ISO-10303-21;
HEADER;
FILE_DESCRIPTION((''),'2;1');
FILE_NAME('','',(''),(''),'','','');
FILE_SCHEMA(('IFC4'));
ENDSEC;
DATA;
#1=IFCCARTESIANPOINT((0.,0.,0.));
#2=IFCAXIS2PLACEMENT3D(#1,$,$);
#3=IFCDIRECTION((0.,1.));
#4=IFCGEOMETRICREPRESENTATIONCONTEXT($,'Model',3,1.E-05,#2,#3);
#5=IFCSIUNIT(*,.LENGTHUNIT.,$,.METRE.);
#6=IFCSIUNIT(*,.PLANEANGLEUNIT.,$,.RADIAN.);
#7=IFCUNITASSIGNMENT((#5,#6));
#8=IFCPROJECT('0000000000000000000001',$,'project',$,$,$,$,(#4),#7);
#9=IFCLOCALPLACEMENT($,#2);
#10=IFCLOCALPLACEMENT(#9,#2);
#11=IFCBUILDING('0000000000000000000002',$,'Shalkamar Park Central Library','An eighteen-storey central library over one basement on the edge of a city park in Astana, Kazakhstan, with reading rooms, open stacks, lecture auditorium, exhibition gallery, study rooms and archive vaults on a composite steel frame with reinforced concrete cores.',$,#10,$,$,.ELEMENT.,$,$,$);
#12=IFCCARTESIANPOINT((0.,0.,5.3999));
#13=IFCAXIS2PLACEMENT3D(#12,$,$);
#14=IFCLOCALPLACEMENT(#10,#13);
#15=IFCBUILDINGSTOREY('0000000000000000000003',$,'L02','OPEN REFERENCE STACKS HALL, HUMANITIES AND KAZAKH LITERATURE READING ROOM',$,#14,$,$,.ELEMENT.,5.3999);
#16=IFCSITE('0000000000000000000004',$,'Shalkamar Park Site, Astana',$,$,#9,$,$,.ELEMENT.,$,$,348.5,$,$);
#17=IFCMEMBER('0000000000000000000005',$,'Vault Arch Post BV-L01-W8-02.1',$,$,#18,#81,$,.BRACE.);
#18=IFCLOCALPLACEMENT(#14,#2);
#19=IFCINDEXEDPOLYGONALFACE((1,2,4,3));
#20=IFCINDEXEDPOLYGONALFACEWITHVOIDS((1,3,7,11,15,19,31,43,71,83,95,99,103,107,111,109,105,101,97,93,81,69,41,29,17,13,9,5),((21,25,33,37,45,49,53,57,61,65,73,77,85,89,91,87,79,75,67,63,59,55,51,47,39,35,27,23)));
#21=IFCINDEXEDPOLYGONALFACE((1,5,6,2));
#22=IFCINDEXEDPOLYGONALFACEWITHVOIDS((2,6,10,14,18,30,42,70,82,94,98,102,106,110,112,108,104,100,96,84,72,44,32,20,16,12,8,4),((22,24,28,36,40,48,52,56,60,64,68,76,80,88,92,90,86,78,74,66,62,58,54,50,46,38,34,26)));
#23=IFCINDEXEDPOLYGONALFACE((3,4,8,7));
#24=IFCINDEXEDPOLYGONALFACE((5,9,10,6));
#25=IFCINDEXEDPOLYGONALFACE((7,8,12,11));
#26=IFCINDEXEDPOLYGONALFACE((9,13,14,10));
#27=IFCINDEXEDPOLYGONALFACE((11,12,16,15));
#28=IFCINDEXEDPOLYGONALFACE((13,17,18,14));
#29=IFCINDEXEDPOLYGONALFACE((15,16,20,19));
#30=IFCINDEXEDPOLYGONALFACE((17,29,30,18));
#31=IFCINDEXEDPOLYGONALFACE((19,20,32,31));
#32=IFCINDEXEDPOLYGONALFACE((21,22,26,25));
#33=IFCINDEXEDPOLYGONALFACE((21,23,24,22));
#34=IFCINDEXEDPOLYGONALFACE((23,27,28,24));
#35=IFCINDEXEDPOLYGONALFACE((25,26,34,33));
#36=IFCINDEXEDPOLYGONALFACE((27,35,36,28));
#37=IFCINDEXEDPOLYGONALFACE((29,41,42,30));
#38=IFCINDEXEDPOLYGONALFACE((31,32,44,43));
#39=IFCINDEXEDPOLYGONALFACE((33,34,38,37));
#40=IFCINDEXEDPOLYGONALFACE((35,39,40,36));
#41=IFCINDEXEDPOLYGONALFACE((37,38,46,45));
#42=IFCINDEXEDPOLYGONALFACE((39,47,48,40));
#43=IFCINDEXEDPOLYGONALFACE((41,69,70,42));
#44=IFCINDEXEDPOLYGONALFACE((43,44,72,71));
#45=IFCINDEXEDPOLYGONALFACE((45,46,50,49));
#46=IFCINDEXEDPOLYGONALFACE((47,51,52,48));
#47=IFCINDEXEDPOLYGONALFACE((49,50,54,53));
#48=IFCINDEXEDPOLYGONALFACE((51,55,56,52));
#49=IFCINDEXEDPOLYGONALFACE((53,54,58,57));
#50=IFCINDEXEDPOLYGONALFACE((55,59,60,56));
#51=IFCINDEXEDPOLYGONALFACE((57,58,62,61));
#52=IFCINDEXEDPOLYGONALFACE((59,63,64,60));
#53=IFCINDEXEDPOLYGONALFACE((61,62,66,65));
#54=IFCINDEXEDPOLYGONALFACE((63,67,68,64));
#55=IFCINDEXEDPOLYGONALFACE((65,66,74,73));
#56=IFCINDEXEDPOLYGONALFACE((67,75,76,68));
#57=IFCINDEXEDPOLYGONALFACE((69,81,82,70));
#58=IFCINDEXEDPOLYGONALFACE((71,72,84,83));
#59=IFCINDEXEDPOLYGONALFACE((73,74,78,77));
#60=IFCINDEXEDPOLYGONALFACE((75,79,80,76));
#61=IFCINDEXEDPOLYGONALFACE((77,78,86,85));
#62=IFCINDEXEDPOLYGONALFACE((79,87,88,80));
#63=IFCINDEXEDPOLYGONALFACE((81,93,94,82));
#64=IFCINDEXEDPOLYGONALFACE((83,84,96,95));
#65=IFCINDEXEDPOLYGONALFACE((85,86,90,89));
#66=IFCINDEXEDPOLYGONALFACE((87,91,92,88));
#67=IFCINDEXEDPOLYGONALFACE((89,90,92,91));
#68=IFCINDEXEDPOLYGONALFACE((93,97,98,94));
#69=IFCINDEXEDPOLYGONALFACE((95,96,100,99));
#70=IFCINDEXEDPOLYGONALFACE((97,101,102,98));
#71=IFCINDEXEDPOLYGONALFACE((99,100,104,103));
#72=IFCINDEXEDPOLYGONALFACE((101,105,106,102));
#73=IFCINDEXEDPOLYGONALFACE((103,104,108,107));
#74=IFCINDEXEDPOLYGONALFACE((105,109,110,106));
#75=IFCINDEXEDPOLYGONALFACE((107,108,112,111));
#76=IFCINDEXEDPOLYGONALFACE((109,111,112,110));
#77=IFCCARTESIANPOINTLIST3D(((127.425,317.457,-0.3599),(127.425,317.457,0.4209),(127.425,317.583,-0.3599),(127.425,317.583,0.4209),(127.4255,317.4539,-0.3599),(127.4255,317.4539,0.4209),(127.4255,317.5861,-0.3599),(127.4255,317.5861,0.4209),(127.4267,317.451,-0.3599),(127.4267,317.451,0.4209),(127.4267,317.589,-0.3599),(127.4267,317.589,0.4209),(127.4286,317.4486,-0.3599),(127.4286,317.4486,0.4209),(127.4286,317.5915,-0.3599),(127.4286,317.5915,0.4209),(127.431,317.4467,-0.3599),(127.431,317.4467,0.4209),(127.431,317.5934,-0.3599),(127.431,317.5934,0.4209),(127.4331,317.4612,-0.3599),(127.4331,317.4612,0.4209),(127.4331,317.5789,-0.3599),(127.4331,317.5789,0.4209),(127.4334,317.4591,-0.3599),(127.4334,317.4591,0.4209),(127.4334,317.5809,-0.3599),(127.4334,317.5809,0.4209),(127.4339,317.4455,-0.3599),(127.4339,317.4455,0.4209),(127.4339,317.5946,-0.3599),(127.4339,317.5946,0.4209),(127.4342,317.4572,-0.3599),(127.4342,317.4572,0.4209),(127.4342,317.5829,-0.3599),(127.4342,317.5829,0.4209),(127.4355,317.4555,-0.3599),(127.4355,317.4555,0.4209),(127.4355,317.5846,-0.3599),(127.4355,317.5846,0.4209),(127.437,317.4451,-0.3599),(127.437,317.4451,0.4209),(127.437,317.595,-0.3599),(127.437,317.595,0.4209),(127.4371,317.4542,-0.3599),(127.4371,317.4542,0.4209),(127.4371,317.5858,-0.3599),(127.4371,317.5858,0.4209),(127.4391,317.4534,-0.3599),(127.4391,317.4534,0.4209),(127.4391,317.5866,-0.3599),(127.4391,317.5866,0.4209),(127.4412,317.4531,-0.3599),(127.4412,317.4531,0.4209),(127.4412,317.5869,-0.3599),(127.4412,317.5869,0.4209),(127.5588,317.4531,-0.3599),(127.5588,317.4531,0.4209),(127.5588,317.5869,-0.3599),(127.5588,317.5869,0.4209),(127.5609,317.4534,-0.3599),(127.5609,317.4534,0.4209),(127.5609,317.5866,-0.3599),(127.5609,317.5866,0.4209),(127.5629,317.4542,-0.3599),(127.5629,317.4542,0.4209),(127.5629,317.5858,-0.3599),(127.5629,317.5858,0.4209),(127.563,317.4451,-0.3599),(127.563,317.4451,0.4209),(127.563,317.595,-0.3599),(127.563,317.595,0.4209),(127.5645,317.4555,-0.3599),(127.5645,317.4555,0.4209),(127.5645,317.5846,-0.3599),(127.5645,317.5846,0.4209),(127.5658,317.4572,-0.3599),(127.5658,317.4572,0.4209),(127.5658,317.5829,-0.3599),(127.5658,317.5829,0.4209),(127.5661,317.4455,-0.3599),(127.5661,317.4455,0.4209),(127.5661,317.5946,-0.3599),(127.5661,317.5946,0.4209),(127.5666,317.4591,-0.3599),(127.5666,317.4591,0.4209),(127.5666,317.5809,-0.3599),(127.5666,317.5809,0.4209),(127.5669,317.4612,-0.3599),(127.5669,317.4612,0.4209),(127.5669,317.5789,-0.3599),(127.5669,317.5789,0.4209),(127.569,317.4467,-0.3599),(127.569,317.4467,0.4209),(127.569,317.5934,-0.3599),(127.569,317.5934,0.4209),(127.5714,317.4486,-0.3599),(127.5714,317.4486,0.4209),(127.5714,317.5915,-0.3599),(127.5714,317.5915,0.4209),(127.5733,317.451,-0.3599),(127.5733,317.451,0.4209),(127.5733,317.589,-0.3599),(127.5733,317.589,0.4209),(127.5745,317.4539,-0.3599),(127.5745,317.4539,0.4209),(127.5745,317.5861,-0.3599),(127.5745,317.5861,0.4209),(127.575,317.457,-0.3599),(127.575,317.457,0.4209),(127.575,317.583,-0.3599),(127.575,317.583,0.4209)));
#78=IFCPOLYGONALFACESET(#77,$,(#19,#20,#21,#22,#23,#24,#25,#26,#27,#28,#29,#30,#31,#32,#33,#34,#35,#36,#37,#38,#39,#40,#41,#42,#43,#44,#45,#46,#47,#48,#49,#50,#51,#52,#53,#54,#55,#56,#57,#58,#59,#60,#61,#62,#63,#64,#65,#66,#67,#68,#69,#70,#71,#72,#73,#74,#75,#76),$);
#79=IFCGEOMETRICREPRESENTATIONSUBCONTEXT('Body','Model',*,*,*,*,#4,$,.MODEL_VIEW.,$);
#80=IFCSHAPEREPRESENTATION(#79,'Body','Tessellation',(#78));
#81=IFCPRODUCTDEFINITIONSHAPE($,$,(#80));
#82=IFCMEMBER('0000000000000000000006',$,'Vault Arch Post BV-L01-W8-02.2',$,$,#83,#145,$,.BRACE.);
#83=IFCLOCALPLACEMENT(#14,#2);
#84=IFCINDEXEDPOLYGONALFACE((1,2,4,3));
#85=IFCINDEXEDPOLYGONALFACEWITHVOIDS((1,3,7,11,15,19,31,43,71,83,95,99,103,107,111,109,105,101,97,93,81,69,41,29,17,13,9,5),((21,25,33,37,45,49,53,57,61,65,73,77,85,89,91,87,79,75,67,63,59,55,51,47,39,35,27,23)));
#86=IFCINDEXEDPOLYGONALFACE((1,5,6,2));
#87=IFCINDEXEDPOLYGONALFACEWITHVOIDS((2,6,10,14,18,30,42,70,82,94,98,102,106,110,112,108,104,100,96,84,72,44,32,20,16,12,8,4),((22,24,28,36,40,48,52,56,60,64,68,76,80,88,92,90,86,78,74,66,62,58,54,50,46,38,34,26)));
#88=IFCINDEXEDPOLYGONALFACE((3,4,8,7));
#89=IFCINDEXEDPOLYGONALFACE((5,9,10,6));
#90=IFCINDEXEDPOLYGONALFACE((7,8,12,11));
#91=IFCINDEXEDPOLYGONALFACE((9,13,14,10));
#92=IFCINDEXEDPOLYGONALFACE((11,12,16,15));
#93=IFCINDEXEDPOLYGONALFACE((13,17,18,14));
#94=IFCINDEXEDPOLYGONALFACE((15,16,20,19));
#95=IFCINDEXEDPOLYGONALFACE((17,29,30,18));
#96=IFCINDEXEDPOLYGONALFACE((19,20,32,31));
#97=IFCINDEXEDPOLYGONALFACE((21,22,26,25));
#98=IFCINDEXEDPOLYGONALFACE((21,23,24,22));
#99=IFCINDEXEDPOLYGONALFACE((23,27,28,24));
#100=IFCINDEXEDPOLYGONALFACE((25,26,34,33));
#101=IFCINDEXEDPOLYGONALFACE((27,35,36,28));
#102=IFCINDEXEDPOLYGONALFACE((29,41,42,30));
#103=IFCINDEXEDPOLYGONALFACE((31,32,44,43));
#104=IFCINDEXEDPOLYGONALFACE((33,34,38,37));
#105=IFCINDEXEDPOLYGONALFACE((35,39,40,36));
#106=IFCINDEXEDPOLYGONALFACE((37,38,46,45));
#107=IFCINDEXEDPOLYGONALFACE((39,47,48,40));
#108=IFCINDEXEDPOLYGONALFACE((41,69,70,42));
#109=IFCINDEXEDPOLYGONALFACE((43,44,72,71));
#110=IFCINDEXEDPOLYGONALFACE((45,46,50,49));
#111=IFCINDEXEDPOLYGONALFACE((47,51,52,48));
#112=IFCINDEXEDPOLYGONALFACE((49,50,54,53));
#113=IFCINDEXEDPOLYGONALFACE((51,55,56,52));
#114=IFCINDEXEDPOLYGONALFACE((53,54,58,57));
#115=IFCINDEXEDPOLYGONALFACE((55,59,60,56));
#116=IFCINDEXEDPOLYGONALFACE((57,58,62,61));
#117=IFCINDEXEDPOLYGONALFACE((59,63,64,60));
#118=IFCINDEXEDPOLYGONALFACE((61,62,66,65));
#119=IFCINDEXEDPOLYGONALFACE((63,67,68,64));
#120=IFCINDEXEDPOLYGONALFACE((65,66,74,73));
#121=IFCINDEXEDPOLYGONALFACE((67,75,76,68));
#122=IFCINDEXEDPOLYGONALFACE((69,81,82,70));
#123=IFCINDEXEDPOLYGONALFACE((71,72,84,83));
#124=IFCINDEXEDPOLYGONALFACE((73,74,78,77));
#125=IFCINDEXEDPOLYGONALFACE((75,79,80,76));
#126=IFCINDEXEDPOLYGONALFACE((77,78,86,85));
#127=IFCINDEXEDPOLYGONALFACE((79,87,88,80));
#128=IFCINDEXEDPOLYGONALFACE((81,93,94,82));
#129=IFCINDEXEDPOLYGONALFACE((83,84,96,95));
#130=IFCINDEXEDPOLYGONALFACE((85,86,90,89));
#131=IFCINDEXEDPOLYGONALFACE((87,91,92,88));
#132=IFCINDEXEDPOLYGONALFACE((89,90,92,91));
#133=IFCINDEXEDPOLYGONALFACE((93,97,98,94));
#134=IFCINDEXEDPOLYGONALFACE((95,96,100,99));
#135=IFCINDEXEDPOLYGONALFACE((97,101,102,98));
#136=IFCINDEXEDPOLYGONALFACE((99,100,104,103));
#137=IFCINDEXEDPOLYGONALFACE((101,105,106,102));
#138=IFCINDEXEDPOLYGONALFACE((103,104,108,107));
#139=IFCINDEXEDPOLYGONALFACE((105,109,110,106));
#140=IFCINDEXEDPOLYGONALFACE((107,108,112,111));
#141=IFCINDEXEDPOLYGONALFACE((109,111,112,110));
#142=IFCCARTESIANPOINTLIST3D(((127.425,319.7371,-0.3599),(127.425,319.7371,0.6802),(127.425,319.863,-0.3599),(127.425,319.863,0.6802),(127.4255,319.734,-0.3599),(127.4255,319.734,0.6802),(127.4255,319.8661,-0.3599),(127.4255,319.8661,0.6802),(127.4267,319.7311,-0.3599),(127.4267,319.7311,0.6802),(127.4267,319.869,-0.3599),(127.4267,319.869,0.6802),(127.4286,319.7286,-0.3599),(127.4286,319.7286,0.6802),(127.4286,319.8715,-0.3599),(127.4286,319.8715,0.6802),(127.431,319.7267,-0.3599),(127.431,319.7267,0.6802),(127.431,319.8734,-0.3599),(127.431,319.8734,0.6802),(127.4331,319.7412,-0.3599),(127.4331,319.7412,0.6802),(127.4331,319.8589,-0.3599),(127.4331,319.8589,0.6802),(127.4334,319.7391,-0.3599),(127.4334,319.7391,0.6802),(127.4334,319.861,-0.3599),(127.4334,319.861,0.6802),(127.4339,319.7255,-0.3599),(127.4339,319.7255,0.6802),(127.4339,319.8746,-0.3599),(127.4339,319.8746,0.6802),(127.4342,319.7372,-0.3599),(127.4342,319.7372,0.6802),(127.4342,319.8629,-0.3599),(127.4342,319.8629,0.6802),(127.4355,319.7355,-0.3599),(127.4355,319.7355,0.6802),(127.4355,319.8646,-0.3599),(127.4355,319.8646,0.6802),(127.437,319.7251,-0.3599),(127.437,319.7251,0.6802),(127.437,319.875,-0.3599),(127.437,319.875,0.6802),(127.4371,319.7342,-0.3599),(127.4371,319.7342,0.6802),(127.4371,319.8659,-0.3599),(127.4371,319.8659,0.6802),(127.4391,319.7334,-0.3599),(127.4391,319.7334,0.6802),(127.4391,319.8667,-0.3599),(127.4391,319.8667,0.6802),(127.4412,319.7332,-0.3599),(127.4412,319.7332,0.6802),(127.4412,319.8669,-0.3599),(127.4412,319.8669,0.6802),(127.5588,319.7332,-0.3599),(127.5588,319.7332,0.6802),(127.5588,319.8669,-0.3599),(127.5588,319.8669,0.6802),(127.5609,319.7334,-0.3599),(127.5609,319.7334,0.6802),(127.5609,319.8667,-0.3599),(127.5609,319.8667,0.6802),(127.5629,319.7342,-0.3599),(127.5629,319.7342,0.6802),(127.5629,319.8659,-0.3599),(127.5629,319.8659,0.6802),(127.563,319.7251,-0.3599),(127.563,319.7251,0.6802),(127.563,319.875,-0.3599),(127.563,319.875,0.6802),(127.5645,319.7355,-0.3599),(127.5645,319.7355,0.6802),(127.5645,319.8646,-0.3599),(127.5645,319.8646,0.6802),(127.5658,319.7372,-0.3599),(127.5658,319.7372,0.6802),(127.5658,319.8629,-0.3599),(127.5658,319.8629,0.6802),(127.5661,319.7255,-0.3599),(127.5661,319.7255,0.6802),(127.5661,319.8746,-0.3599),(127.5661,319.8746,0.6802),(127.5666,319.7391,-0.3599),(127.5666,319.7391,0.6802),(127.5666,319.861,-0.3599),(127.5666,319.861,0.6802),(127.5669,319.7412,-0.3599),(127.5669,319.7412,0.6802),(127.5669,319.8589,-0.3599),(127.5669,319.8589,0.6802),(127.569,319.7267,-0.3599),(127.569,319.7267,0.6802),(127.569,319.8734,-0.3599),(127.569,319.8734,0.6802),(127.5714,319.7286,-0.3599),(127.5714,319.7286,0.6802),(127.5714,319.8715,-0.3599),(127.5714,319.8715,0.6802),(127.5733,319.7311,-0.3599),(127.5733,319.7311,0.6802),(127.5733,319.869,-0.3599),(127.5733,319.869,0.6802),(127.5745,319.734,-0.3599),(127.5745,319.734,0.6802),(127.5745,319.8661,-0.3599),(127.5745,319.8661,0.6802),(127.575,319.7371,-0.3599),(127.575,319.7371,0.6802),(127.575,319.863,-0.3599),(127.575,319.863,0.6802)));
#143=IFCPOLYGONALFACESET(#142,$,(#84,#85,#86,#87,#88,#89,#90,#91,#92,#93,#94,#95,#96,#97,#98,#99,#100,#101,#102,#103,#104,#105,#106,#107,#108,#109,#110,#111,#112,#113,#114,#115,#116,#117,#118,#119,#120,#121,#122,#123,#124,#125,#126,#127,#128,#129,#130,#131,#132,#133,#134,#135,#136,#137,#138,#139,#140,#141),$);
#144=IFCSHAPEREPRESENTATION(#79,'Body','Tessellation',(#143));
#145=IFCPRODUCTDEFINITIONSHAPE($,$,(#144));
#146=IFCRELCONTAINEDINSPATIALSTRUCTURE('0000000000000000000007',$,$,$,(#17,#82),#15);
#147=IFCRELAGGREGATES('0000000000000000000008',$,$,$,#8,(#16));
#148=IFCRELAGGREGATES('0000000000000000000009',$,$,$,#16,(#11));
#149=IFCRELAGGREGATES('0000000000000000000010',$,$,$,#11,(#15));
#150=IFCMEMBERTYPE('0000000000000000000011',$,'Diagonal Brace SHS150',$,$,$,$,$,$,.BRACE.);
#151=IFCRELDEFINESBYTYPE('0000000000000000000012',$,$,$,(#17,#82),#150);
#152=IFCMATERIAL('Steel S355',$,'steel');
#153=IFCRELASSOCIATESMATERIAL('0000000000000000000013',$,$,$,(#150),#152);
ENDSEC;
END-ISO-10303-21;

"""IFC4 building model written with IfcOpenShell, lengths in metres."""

from ifc_helpers import new_model, si_unit, direction, frame, origin, origin_2d, place, context, subcontext, project, spatial, hollow_rectangle, extrude, material, material_profile, profile_set, type_object, element, save


model = new_model("IFC4")

# Units and contexts
model_context = context("Model", 3, precision=1e-05, world=origin(), true_north=direction((0.0, 1.0)))
body_context = subcontext(model_context, "Body", "Model", "MODEL_VIEW")
ifc_project = project(units=[si_unit("LENGTHUNIT", "METRE"), si_unit("PLANEANGLEUNIT", "RADIAN")], contexts=[model_context])

# Site, building, storey
site_placement = place(None, origin())
site = spatial("IfcSite", under=ifc_project, at=site_placement, Name="Shalkamar Park Site, Astana", CompositionType="ELEMENT", RefElevation=348.5)
building_placement = place(site_placement, origin())
building = spatial("IfcBuilding", under=site, at=building_placement, Name="Shalkamar Park Central Library", Description="An eighteen-storey central library over one basement on the edge of a city park in Astana, Kazakhstan, with reading rooms, open stacks, lecture auditorium, exhibition gallery, study rooms and archive vaults on a composite steel frame with reinforced concrete cores.", CompositionType="ELEMENT")
storey_placement = place(building_placement, frame((0.0, 0.0, 5.3999)))
storey = spatial("IfcBuildingStorey", under=building, at=storey_placement, Name="L02", Description="OPEN REFERENCE STACKS HALL, HUMANITIES AND KAZAKH LITERATURE READING ROOM", CompositionType="ELEMENT", Elevation=5.3999)

# Members
ifc_material_1 = material(Name="Steel S355", Category="steel")
ifc_material_profile_1 = material_profile(ifc_material_1, hollow_rectangle(XDim=0.1499, YDim=0.1499, WallThickness=0.0081, InnerFilletRadius=0.0081, OuterFilletRadius=0.012, at=origin_2d()), Name="SHS 150x150x8")
ifc_profile_set_1 = profile_set([ifc_material_profile_1], Name="Steel S355")
member_type_1 = type_object("IfcMemberType", Name="Diagonal Brace SHS150", PredefinedType="BRACE", material=ifc_profile_set_1)
for number, where, z_axis, x_axis, name in (
    (1, (127.5, 317.52, -0.3599), (0.0, 0.0, 1.0), (1.0, 0.0, 0.0), "Vault Arch Post BV-L01-W8-02.1"),
):
    element("IfcMember", number, at=place(storey_placement, frame(where, z_axis=z_axis, x_axis=x_axis)), inside=storey, type_object=member_type_1, Name=name, PredefinedType="BRACE", context=body_context, shape_type="SweptSolid", body=[
        extrude(hollow_rectangle(XDim=0.1499, YDim=0.1499, WallThickness=0.0081, InnerFilletRadius=0.0081, OuterFilletRadius=0.012, at=origin_2d()), origin(), (0.0, 0.0, 1.0), 0.7808),
    ])
member_1_placement = place(storey_placement, frame((127.5, 319.8, -0.3599), z_axis=(0.0, 0.0, 1.0), x_axis=(1.0, 0.0, 0.0)))
element("IfcMember", 2, at=member_1_placement, inside=storey, type_object=member_type_1, Name="Vault Arch Post BV-L01-W8-02.2", PredefinedType="BRACE", context=body_context, shape_type="SweptSolid", body=[
    extrude(hollow_rectangle(XDim=0.1499, YDim=0.1499, WallThickness=0.0081, InnerFilletRadius=0.0081, OuterFilletRadius=0.012, at=origin_2d()), origin(), (0.0, 0.0, 1.0), 1.04),
])

save(model, "model.ifc")
